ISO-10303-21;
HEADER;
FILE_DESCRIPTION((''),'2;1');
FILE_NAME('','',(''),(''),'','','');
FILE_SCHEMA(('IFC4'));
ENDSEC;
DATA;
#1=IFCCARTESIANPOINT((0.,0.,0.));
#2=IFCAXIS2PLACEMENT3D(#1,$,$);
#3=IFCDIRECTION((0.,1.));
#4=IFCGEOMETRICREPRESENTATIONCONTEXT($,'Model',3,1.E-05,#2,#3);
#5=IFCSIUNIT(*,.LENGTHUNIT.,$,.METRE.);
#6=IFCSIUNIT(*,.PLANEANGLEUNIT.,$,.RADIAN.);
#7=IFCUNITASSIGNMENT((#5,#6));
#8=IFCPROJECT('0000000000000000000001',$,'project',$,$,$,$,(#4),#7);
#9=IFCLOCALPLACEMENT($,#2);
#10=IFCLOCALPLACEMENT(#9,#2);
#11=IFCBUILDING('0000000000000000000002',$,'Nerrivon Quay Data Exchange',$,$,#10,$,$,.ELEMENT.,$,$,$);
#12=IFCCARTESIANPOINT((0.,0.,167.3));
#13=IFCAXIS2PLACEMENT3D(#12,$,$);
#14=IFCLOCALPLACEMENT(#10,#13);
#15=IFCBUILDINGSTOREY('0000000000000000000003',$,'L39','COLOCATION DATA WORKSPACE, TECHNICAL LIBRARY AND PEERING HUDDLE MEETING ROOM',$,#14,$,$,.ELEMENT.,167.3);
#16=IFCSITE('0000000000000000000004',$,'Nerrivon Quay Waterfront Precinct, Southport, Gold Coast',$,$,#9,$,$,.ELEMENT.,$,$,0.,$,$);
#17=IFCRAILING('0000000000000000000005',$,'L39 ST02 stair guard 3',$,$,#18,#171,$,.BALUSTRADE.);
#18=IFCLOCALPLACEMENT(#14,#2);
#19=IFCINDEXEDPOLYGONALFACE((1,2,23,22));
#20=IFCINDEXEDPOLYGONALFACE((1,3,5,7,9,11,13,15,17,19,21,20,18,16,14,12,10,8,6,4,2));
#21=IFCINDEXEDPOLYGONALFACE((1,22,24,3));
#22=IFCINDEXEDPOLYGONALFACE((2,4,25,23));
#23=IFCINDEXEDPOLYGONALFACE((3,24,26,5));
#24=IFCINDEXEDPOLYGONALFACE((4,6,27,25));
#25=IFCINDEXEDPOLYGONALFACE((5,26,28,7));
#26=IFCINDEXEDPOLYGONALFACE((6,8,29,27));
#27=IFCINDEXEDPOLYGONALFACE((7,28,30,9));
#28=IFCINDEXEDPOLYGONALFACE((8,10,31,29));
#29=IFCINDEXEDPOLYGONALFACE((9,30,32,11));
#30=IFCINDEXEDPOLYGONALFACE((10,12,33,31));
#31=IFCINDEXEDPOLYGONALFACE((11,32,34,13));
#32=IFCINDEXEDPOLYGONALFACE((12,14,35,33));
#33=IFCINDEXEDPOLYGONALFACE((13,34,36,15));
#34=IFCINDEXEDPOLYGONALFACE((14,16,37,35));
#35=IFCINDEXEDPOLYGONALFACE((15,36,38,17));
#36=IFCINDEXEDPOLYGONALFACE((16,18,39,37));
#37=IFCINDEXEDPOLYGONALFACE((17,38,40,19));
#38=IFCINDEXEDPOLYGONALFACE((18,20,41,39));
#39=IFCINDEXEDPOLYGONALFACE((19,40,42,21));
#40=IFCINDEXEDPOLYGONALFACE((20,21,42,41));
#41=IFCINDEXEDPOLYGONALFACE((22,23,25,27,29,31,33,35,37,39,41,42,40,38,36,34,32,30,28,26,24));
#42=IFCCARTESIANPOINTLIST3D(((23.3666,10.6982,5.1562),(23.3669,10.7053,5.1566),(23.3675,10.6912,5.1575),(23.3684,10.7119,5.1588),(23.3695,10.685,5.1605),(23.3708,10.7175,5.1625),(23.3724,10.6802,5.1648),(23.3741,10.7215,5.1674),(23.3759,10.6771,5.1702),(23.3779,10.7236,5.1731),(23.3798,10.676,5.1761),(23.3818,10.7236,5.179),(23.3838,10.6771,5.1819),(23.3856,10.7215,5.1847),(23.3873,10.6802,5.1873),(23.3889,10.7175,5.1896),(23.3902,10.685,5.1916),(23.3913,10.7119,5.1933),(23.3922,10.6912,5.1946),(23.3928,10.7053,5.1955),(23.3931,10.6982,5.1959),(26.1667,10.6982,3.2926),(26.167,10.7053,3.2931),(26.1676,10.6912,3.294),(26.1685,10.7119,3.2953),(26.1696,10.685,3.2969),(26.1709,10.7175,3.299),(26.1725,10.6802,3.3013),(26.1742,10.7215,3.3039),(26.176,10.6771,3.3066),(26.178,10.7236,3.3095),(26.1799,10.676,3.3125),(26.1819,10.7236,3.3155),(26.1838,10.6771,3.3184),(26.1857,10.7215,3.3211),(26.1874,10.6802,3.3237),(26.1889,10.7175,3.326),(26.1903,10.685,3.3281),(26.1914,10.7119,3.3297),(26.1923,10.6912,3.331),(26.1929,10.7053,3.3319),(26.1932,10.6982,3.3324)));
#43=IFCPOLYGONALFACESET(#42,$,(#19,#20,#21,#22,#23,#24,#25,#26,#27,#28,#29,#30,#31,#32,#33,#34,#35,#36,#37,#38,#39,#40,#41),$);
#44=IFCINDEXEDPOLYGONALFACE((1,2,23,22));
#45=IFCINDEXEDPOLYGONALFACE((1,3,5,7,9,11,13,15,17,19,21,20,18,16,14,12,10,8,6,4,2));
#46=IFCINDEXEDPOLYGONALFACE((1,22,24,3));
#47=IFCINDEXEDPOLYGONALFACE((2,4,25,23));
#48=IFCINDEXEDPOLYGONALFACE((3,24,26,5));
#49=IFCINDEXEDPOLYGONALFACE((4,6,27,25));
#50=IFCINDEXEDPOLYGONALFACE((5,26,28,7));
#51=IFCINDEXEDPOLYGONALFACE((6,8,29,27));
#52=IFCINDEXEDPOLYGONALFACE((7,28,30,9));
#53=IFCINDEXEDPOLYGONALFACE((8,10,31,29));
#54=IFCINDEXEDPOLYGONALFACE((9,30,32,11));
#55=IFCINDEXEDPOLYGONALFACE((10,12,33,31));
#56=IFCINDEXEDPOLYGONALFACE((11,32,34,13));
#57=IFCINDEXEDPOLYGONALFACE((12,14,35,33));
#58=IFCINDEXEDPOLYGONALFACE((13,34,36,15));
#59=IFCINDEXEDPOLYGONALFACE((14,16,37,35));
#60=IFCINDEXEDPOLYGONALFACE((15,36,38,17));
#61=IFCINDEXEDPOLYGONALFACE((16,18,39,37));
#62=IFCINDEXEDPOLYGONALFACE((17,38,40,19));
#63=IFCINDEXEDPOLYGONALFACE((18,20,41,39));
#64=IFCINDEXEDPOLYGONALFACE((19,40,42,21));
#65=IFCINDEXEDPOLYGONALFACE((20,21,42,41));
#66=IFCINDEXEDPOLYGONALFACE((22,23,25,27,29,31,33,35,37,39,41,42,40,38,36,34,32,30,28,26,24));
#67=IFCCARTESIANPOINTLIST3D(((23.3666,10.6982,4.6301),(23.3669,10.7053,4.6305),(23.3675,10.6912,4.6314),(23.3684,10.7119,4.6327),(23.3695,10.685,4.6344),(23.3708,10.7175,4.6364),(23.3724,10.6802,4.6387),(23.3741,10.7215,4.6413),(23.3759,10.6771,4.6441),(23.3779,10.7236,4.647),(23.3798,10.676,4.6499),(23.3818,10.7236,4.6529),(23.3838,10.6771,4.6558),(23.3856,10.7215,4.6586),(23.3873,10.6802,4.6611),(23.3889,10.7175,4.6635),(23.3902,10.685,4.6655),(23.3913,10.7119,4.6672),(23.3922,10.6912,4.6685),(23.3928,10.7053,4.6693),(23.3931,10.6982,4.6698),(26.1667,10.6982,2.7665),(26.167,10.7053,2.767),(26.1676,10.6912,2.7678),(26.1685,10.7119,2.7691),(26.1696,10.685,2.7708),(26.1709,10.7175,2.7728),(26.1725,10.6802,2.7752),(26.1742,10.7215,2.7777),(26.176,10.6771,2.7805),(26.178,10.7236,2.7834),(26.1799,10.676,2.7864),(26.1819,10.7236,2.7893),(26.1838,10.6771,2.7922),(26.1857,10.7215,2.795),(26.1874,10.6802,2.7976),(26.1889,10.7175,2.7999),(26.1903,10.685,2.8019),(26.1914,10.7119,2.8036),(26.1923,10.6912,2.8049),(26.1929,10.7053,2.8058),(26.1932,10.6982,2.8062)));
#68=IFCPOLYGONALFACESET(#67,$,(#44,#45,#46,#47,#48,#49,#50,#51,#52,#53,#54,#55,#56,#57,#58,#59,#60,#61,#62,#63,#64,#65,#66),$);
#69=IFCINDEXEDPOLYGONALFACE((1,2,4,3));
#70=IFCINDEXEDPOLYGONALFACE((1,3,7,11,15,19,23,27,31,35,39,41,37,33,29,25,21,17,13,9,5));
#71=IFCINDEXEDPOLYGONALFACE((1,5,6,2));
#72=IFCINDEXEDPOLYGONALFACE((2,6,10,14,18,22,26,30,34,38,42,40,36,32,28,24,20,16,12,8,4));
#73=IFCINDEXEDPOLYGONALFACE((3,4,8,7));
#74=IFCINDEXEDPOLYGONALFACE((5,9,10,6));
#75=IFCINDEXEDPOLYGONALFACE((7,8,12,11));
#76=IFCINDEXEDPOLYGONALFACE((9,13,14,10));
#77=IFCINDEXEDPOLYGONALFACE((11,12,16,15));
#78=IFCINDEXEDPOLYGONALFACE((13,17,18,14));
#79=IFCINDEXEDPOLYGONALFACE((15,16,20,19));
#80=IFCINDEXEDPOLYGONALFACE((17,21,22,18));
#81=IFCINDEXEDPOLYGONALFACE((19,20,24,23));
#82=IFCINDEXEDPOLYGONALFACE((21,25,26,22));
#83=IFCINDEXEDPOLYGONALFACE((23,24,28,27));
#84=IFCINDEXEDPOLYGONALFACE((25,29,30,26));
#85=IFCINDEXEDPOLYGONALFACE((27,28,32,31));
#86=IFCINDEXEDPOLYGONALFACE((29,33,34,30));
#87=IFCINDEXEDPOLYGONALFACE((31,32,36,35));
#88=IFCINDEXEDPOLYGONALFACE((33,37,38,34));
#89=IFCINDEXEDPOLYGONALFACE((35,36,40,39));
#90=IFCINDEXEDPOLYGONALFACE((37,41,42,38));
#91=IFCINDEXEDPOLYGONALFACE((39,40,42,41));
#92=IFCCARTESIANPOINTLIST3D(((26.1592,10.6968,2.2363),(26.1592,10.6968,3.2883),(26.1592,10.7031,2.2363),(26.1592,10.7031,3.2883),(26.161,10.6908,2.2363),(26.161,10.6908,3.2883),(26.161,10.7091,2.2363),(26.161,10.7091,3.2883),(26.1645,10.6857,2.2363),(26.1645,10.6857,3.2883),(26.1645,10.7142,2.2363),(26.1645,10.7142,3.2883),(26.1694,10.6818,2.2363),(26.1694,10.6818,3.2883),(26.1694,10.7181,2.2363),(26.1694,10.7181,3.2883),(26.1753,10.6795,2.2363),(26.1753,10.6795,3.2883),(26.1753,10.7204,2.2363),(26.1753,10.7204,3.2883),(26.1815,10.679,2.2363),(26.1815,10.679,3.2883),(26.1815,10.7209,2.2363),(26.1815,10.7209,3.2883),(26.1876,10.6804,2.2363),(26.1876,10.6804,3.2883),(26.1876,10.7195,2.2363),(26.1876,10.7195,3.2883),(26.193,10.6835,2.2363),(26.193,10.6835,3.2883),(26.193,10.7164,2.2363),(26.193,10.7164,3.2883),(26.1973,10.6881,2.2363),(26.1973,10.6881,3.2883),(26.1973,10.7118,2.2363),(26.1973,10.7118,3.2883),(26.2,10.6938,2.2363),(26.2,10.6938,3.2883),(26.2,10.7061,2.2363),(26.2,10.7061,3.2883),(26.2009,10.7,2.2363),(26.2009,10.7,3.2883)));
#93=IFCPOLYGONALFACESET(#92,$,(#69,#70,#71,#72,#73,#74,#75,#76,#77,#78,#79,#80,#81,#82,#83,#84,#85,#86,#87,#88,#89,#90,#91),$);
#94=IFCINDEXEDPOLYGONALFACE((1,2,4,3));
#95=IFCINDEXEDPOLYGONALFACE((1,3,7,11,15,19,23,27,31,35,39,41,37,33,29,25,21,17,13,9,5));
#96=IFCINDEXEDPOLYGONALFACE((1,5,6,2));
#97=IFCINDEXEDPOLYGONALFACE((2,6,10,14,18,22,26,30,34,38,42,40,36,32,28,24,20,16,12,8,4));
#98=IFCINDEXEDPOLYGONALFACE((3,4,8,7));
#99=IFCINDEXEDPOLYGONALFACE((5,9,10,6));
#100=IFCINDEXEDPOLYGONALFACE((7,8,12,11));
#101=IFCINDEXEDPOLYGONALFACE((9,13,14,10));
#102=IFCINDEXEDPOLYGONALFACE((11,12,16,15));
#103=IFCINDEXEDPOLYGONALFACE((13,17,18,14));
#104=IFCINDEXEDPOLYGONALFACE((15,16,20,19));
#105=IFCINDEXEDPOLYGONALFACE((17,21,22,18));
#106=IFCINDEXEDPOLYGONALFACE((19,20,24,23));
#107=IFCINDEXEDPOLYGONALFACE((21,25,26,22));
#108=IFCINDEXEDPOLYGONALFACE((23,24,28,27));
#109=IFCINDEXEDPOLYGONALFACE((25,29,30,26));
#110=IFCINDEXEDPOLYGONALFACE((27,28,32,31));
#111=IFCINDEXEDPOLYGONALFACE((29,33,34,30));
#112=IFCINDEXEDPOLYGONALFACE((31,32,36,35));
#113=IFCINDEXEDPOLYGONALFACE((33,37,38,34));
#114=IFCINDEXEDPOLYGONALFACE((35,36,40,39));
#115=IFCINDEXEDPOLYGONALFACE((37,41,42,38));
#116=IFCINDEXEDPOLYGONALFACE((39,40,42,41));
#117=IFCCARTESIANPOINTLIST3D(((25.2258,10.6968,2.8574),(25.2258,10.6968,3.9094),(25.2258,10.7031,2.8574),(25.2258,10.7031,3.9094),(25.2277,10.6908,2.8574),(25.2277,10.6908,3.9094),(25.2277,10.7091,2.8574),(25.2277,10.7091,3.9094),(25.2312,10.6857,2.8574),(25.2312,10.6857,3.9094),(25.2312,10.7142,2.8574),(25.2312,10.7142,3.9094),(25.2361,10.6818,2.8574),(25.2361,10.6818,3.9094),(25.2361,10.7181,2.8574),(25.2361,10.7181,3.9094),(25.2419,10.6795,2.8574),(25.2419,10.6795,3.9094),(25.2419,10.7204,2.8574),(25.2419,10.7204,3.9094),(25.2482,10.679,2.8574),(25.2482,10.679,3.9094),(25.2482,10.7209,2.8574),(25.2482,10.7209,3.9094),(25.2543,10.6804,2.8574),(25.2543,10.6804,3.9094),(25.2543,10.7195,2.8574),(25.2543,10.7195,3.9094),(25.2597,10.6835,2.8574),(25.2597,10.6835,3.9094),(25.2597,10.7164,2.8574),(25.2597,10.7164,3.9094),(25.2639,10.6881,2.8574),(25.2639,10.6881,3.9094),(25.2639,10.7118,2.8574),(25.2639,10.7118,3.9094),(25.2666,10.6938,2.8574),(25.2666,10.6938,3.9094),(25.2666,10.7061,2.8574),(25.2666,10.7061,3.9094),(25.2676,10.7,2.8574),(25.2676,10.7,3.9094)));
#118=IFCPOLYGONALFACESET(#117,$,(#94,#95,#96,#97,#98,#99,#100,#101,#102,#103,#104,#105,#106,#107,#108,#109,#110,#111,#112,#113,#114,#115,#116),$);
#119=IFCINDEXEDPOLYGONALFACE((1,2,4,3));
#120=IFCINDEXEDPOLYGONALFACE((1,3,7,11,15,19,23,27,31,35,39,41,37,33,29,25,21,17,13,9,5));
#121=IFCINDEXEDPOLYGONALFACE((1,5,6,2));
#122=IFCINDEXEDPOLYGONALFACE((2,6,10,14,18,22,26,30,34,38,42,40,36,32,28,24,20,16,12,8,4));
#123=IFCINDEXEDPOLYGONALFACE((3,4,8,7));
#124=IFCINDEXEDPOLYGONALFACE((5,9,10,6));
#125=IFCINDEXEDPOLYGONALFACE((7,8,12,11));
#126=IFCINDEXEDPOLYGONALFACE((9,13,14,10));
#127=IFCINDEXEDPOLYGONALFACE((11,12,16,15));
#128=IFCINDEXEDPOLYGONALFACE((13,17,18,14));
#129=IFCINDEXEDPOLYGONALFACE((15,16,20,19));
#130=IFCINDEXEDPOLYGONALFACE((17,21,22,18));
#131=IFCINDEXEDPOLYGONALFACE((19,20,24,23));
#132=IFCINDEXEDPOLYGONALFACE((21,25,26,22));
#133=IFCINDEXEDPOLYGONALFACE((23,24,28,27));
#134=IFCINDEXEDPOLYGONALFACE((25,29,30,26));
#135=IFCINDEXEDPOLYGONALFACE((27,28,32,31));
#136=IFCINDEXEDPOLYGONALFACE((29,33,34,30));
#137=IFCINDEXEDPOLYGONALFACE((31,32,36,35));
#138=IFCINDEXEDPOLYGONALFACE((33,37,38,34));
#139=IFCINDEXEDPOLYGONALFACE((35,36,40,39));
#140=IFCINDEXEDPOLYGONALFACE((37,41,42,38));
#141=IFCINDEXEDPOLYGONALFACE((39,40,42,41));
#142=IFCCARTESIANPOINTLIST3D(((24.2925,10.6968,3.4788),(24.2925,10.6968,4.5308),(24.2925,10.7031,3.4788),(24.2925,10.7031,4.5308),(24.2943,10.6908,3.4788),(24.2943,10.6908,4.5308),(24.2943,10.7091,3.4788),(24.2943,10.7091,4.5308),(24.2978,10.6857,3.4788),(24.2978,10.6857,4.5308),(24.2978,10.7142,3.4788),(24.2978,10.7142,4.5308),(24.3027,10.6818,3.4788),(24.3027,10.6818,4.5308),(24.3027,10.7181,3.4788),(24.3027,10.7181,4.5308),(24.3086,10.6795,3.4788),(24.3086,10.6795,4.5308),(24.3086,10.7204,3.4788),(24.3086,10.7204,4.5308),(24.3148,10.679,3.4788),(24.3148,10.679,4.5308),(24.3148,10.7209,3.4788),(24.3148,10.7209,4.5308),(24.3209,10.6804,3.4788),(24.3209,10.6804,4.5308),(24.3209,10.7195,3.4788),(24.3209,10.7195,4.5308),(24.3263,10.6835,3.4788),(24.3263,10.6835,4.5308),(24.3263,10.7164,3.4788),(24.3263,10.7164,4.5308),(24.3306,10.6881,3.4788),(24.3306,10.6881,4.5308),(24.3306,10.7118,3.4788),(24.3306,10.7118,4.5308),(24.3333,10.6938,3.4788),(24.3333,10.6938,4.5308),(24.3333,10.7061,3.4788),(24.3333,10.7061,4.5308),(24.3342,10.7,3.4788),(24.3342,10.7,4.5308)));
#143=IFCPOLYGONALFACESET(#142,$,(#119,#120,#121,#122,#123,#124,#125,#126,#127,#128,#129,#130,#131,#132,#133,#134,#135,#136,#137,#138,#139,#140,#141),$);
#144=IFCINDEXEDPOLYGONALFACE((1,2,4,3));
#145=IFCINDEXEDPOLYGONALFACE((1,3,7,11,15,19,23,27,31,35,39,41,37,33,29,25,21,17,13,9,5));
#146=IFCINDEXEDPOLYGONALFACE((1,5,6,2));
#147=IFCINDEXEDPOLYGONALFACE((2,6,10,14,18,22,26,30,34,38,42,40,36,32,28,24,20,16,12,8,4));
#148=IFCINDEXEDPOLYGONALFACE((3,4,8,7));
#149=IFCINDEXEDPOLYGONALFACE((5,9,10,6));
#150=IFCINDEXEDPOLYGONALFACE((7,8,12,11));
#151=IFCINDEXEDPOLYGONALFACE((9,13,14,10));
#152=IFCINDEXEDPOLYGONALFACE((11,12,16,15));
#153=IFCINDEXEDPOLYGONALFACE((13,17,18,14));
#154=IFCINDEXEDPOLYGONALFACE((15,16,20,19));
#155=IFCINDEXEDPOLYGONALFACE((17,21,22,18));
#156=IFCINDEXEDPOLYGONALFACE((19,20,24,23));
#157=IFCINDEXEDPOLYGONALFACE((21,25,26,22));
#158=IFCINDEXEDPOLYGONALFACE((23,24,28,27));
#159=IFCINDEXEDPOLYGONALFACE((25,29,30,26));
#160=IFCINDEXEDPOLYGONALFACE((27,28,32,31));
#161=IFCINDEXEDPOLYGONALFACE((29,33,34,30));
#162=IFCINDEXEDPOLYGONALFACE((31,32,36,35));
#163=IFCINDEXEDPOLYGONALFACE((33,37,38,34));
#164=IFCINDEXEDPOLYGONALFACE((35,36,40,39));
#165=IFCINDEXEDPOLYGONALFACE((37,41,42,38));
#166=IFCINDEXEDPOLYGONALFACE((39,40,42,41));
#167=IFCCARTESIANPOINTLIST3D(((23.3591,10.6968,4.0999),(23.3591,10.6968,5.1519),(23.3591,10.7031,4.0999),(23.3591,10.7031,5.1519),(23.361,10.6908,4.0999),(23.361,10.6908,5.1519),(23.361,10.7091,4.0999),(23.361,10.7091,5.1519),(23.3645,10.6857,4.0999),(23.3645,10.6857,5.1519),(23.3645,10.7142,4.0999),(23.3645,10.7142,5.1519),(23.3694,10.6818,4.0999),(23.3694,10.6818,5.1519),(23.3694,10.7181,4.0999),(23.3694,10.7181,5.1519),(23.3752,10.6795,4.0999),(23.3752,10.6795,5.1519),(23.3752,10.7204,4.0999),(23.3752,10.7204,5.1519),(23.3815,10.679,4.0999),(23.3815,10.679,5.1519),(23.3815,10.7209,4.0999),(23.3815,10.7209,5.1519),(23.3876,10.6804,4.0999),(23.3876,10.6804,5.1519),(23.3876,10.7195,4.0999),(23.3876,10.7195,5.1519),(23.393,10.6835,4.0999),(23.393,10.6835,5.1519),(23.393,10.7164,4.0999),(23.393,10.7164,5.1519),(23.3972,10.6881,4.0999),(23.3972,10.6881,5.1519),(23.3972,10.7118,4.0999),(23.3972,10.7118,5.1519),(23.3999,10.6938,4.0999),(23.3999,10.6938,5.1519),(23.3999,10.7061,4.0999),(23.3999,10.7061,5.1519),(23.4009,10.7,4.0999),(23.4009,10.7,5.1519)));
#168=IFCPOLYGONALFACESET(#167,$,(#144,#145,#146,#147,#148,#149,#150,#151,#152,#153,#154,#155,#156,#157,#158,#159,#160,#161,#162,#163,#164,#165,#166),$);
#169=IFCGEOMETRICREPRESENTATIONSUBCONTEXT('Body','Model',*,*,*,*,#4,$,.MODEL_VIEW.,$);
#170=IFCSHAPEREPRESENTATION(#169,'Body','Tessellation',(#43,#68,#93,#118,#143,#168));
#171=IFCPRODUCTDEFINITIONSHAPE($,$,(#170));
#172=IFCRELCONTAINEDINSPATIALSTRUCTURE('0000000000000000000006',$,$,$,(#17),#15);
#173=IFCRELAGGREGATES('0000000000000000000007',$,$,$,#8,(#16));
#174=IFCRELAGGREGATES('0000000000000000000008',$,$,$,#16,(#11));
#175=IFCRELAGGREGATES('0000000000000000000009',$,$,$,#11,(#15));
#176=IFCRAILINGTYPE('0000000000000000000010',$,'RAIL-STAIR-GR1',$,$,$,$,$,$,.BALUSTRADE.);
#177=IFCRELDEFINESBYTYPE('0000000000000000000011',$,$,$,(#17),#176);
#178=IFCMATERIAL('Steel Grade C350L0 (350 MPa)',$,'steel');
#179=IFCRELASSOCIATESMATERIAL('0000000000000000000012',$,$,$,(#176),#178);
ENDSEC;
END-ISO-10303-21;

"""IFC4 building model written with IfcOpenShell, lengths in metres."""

from ifc_helpers import new_model, si_unit, direction, frame, origin, origin_2d, place, context, subcontext, project, spatial, circle, extrude, material, type_object, element, save


model = new_model("IFC4")

# Units and contexts
model_context = context("Model", 3, precision=1e-05, world=origin(), true_north=direction((0.0, 1.0)))
body_context = subcontext(model_context, "Body", "Model", "MODEL_VIEW")
ifc_project = project(units=[si_unit("LENGTHUNIT", "METRE"), si_unit("PLANEANGLEUNIT", "RADIAN")], contexts=[model_context])

# Site, building, storey
site_placement = place(None, origin())
site = spatial("IfcSite", under=ifc_project, at=site_placement, Name="Nerrivon Quay Waterfront Precinct, Southport, Gold Coast", CompositionType="ELEMENT", RefElevation=0.0)
building_placement = place(site_placement, origin())
building = spatial("IfcBuilding", under=site, at=building_placement, Name="Nerrivon Quay Data Exchange", CompositionType="ELEMENT")
storey_placement = place(building_placement, frame((0.0, 0.0, 167.3)))
storey = spatial("IfcBuildingStorey", under=building, at=storey_placement, Name="L39", Description="COLOCATION DATA WORKSPACE, TECHNICAL LIBRARY AND PEERING HUDDLE MEETING ROOM", CompositionType="ELEMENT", Elevation=167.3)

# Shared definitions
ifc_material_1 = material(Name="Steel Grade C350L0 (350 MPa)", Category="steel")

# Railing
railing_type_1 = type_object("IfcRailingType", Name="RAIL-STAIR-GR1", PredefinedType="BALUSTRADE", material=ifc_material_1)
railing_1_placement = place(storey_placement, frame((26.1799, 10.7, 2.2363)))
element("IfcRailing", 1, at=railing_1_placement, inside=storey, type_object=railing_type_1, Name="L39 ST02 stair guard 3", PredefinedType="BALUSTRADE", context=body_context, shape_type="SweptSolid", body=[
    extrude(circle(Radius=0.0239, at=origin_2d()), frame((0.0, 0.0, 1.0762), z_axis=(-0.832486, 0.0, 0.554047), x_axis=(0.0, -1.0, 0.0)), (0.0, 0.0, 1.0), 3.3635),
    extrude(circle(Radius=0.0239, at=origin_2d()), frame((0.0, 0.0, 0.55), z_axis=(-0.832486, 0.0, 0.554047), x_axis=(0.0, -1.0, 0.0)), (0.0, 0.0, 1.0), 3.3635),
    extrude(circle(Radius=0.021, at=origin_2d()), origin(), (0.0, 0.0, 1.0), 1.052),
    extrude(circle(Radius=0.021, at=origin_2d()), frame((-0.9333, 0.0, 0.6211)), (0.0, 0.0, 1.0), 1.052),
    extrude(circle(Radius=0.021, at=origin_2d()), frame((-1.8667, 0.0, 1.2424)), (0.0, 0.0, 1.0), 1.052),
    extrude(circle(Radius=0.021, at=origin_2d()), frame((-2.8, 0.0, 1.8635)), (0.0, 0.0, 1.0), 1.052),
])

save(model, "model.ifc")
